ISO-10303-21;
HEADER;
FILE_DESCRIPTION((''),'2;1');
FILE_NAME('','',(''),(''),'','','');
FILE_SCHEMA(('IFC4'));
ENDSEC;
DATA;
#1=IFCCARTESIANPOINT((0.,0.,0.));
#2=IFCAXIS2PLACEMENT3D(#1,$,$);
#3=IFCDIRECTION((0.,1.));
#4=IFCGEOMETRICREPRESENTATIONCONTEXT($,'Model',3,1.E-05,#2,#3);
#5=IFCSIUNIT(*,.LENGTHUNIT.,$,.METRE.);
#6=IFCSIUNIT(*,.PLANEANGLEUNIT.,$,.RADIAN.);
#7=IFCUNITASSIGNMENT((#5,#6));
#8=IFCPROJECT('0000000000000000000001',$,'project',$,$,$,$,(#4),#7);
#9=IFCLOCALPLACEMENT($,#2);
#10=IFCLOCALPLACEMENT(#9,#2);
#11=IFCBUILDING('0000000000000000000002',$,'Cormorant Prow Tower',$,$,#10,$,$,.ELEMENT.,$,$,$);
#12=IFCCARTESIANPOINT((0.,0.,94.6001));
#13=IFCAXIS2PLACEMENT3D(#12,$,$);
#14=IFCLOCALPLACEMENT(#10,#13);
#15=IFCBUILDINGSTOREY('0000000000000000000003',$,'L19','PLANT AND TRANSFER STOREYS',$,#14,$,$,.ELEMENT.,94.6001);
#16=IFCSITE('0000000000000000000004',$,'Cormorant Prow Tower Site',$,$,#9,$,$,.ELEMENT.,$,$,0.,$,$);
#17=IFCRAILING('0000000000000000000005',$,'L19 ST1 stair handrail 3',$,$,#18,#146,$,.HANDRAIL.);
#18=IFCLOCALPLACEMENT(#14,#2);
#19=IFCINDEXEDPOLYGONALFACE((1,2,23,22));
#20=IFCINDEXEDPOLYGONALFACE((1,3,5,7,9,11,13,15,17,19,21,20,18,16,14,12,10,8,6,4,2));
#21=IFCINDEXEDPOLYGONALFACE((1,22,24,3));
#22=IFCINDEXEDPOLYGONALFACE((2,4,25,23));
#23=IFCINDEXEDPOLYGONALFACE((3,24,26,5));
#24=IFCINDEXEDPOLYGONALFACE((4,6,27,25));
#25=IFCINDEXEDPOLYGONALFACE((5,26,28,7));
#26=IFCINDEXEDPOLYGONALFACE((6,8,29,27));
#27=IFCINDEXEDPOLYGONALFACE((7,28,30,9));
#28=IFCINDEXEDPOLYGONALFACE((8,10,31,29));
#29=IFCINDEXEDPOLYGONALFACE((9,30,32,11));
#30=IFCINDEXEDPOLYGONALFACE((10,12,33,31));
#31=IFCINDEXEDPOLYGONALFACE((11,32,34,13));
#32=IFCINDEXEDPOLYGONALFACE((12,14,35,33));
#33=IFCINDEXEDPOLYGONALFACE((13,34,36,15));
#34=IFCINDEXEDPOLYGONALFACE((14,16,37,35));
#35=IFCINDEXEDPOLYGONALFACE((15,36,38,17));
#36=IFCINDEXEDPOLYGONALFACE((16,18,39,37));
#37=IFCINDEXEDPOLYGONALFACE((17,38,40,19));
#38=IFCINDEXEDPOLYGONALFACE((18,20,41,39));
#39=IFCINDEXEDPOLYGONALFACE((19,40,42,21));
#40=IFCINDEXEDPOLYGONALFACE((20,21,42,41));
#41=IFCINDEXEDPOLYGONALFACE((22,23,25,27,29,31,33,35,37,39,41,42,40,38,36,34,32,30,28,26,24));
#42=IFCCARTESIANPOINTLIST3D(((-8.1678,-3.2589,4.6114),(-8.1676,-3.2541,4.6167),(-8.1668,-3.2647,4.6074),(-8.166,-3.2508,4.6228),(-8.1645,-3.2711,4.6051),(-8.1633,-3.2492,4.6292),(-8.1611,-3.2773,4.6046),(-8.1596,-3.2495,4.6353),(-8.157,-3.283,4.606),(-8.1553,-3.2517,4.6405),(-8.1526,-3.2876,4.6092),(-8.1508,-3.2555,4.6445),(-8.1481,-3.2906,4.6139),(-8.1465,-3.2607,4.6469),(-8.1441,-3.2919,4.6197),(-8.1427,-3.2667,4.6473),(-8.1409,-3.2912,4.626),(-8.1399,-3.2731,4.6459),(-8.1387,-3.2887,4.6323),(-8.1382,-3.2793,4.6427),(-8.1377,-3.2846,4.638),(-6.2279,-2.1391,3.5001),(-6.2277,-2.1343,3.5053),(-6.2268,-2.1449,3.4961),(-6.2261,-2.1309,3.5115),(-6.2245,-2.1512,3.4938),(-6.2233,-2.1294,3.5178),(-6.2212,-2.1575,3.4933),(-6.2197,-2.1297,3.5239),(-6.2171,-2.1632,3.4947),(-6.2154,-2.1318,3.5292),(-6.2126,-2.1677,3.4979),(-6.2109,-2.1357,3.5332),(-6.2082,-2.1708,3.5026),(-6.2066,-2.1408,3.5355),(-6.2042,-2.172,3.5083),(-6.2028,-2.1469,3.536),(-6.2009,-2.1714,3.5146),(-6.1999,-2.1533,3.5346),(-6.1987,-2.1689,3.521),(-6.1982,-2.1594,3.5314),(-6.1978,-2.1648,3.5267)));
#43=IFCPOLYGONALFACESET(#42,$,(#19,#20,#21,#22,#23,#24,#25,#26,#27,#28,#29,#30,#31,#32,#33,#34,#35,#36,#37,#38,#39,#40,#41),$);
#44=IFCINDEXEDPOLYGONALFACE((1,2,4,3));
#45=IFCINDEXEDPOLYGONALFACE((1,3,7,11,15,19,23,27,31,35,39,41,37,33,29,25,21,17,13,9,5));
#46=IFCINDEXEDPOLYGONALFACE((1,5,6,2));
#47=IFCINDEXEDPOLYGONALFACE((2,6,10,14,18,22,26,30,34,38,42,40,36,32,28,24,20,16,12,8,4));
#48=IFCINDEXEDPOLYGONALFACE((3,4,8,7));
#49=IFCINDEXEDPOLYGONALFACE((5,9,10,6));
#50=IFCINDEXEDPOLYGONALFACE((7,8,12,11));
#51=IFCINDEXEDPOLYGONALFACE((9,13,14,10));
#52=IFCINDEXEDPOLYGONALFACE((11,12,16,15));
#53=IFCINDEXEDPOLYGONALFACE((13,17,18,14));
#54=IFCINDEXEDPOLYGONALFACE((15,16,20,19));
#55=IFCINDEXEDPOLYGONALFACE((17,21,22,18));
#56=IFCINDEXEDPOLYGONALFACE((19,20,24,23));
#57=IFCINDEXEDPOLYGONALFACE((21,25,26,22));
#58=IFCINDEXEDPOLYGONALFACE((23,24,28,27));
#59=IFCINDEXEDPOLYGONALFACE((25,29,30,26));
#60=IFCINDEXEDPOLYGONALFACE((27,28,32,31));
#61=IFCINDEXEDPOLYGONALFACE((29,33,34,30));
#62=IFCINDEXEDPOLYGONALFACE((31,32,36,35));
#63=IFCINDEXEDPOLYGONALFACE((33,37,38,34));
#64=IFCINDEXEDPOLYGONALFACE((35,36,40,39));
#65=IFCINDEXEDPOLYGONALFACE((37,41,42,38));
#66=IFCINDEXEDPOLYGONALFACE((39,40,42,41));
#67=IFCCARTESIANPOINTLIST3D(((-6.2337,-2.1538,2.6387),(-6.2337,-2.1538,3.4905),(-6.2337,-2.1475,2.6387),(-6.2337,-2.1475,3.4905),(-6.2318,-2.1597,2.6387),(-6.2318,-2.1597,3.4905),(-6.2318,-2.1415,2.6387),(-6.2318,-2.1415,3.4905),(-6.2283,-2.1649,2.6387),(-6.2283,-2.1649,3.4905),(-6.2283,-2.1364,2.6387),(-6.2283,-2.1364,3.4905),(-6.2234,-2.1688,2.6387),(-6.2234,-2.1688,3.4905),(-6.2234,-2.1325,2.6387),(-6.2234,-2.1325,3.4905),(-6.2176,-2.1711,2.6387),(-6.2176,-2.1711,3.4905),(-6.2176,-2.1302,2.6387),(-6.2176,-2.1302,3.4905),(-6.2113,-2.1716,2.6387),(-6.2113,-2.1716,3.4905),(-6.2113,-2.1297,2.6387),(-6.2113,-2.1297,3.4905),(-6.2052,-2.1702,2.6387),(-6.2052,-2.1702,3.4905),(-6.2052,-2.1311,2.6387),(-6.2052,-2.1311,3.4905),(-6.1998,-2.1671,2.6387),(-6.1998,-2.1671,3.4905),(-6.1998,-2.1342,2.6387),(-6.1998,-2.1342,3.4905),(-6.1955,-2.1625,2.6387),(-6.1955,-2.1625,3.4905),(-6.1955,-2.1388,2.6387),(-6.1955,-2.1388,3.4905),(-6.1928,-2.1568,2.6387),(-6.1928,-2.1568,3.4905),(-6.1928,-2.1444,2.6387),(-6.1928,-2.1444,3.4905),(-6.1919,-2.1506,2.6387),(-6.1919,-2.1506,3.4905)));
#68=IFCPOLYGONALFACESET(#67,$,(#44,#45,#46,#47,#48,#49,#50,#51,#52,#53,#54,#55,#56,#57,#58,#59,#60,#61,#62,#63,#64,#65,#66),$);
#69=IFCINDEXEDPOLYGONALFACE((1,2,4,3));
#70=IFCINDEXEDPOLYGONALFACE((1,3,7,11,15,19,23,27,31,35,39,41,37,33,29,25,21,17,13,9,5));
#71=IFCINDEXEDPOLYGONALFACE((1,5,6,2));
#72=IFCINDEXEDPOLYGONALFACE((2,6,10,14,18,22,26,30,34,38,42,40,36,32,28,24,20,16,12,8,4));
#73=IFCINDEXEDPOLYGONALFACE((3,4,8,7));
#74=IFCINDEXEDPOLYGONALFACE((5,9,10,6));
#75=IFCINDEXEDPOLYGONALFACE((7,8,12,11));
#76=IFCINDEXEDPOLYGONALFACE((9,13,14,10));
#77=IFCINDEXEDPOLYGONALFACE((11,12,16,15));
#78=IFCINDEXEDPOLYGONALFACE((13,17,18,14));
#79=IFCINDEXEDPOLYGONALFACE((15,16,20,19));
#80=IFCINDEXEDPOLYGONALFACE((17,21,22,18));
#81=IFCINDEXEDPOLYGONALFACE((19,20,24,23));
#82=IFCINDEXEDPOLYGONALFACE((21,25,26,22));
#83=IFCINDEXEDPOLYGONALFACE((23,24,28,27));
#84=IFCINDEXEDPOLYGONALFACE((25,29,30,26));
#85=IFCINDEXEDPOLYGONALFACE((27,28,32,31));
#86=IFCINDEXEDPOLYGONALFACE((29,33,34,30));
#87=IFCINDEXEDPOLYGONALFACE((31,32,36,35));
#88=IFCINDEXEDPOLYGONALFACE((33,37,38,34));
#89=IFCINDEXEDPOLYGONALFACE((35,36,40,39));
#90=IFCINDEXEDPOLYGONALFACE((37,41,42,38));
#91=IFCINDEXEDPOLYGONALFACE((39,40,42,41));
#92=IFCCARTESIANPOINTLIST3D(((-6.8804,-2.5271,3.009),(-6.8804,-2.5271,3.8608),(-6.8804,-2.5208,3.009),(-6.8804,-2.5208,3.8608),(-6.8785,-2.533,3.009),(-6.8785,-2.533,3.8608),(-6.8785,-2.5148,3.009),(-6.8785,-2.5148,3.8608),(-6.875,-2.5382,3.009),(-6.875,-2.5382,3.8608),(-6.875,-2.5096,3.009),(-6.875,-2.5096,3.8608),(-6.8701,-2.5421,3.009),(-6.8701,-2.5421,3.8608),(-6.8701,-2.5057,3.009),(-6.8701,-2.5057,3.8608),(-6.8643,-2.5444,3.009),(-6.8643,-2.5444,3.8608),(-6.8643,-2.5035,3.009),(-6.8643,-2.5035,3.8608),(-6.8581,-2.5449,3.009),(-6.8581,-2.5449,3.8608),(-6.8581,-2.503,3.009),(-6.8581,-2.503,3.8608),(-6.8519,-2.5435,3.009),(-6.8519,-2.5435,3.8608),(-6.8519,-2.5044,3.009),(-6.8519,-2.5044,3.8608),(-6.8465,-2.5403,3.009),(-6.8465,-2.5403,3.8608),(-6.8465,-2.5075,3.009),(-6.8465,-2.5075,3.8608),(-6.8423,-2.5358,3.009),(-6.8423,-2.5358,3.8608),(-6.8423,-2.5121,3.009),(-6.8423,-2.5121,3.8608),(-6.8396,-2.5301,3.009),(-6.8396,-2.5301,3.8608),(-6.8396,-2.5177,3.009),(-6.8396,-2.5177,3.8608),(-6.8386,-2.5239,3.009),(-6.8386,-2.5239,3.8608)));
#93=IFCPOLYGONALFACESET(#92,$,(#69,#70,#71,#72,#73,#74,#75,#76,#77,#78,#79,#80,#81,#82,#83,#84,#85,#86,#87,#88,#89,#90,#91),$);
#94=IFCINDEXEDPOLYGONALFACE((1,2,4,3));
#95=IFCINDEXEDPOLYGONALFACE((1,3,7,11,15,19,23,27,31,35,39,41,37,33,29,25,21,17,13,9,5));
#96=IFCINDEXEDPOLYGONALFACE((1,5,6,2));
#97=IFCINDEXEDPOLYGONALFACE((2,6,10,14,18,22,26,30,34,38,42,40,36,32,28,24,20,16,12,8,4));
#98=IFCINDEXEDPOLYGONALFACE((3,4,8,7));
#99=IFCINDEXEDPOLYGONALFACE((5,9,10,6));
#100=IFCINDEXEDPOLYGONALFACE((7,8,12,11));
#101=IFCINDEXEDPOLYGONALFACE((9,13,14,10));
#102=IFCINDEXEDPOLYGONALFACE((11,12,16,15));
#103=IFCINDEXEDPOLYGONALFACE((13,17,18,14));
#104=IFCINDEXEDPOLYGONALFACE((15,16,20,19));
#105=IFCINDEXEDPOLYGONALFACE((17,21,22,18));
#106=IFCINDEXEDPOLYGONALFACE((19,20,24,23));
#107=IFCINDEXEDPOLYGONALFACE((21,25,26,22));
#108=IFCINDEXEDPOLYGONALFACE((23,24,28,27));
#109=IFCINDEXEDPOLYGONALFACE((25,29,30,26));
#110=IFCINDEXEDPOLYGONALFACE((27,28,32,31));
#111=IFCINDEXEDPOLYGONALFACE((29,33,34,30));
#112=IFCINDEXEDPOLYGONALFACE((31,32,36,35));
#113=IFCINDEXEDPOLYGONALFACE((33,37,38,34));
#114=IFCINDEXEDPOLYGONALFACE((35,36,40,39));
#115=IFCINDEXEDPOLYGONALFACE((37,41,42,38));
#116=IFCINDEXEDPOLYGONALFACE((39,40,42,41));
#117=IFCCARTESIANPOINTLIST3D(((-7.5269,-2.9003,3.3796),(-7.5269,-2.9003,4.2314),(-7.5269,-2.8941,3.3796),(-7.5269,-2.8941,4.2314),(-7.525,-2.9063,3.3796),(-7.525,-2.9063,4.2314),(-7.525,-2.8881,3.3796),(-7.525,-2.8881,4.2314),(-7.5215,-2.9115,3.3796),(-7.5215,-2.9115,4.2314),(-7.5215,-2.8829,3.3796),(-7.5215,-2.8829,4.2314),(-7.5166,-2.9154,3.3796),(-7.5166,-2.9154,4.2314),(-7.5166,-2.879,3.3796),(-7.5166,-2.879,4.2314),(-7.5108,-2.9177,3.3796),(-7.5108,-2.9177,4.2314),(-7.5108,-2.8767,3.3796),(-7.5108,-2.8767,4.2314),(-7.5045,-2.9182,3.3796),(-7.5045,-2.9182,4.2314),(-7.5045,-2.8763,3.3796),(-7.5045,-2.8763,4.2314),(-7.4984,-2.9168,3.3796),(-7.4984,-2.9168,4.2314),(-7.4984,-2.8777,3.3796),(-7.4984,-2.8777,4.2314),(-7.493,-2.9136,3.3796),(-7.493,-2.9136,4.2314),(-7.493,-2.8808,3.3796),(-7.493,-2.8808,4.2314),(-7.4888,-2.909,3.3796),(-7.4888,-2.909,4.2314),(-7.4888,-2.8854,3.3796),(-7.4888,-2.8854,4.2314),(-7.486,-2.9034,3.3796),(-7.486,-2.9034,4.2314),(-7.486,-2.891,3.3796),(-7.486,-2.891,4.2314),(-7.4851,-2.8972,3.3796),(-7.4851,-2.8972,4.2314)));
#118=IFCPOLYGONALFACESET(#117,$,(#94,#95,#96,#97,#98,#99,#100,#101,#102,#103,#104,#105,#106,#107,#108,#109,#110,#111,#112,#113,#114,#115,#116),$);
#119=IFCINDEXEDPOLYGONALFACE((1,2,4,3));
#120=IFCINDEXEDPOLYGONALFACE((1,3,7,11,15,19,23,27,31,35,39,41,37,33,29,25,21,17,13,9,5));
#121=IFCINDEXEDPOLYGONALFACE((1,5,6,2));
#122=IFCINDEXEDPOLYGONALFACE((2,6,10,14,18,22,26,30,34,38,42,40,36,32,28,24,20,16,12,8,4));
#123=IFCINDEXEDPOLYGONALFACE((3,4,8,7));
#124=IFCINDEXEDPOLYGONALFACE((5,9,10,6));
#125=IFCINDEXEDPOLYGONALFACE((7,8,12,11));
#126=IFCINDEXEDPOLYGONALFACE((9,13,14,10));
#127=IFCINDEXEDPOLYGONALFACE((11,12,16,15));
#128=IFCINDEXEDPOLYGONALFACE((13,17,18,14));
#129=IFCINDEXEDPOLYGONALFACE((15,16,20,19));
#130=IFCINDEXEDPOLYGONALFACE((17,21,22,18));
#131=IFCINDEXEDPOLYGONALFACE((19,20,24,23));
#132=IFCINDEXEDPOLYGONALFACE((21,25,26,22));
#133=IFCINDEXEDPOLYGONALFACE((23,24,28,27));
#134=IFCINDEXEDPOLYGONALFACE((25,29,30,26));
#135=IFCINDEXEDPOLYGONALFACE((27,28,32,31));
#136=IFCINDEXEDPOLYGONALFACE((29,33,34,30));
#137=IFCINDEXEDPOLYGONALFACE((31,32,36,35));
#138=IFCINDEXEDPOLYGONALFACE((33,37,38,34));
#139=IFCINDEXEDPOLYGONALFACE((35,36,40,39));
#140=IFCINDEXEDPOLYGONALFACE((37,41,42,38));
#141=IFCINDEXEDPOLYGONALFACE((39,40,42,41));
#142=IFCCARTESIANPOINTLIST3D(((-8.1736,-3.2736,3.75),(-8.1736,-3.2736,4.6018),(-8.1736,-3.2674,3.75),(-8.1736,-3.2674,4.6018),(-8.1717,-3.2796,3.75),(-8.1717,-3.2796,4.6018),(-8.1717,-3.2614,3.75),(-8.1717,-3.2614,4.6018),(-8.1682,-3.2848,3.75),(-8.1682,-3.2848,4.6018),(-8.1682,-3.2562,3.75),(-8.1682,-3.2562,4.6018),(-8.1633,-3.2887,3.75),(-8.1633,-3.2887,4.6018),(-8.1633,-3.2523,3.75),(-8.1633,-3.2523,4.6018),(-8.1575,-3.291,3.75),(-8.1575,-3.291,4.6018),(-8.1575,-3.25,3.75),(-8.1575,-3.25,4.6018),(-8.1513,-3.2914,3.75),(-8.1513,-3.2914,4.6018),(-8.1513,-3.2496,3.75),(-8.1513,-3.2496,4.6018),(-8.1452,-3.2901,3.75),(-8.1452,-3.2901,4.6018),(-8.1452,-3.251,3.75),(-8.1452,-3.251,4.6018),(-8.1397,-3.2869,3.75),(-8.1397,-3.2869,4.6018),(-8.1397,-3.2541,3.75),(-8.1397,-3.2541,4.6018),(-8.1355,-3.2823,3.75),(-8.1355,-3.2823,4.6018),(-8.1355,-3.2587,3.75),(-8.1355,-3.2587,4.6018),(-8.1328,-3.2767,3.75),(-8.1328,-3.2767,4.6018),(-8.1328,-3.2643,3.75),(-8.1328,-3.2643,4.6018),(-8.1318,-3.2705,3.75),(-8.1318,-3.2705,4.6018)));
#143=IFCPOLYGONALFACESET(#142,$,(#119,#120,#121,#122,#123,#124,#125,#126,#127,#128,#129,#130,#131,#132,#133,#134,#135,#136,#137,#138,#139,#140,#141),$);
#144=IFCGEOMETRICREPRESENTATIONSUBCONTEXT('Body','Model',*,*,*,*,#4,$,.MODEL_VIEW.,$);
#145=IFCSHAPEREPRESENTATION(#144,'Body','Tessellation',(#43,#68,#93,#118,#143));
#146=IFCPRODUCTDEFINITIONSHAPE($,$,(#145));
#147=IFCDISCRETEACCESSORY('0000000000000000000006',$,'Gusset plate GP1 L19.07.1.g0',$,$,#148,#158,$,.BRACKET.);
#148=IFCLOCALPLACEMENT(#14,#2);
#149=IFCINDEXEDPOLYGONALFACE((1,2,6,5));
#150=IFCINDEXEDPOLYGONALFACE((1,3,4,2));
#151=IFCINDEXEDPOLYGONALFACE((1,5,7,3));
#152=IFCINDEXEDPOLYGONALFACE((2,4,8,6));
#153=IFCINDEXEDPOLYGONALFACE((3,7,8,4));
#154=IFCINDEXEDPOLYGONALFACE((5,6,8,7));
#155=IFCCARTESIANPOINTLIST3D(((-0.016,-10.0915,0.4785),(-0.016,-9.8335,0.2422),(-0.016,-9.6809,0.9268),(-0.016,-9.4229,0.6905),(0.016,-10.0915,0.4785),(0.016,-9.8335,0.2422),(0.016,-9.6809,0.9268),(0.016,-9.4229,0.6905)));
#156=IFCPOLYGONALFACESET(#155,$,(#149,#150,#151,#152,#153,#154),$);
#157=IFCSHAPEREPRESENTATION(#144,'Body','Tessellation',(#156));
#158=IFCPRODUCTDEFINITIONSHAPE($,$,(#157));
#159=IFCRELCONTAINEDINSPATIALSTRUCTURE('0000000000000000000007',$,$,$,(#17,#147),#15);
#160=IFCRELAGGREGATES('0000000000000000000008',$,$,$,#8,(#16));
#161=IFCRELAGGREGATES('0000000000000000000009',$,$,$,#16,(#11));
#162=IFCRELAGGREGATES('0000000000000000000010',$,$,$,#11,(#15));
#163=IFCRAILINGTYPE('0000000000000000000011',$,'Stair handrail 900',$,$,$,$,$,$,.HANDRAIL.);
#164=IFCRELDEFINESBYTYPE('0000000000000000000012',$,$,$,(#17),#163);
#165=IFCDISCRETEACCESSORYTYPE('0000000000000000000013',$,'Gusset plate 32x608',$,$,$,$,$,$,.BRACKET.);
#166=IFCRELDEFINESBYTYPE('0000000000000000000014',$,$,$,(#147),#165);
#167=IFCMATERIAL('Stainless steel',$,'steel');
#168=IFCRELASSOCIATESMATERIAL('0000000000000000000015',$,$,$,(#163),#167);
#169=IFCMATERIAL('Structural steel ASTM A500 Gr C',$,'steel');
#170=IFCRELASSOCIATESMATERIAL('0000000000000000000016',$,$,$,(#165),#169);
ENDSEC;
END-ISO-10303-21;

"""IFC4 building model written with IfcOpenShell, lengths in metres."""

from ifc_helpers import new_model, si_unit, direction, frame, origin, origin_2d, place, context, subcontext, project, spatial, rectangle, circle, extrude, material, material_profile, profile_set, type_object, element, save


model = new_model("IFC4")

# Units and contexts
model_context = context("Model", 3, precision=1e-05, world=origin(), true_north=direction((0.0, 1.0)))
body_context = subcontext(model_context, "Body", "Model", "MODEL_VIEW")
ifc_project = project(units=[si_unit("LENGTHUNIT", "METRE"), si_unit("PLANEANGLEUNIT", "RADIAN")], contexts=[model_context])

# Site, building, storey
site_placement = place(None, origin())
site = spatial("IfcSite", under=ifc_project, at=site_placement, Name="Cormorant Prow Tower Site", CompositionType="ELEMENT", RefElevation=0.0)
building_placement = place(site_placement, origin())
building = spatial("IfcBuilding", under=site, at=building_placement, Name="Cormorant Prow Tower", CompositionType="ELEMENT")
storey_placement = place(building_placement, frame((0.0, 0.0, 94.6001)))
storey = spatial("IfcBuildingStorey", under=building, at=storey_placement, Name="L19", Description="PLANT AND TRANSFER STOREYS", CompositionType="ELEMENT", Elevation=94.6001)

# Railing
ifc_material_1 = material(Name="Stainless steel", Category="steel")
railing_type_1 = type_object("IfcRailingType", Name="Stair handrail 900", PredefinedType="HANDRAIL", material=ifc_material_1)
for number, where, name in (
    (1, (-6.2129, -2.1506, 2.6387), "L19 ST1 stair handrail 3"),
):
    element("IfcRailing", number, at=place(storey_placement, frame(where)), inside=storey, type_object=railing_type_1, Name=name, PredefinedType="HANDRAIL", context=body_context, shape_type="SweptSolid", body=[
        extrude(circle(Radius=0.0239, at=origin_2d()), frame((0.0, 0.0, 0.876), z_axis=(-0.775819, -0.447858, 0.444441), x_axis=(0.499949, -0.866055, 0.0)), (0.0, 0.0, 1.0), 2.5005),
        extrude(circle(Radius=0.021, at=origin_2d()), origin(), (0.0, 0.0, 1.0), 0.8518),
        extrude(circle(Radius=0.021, at=origin_2d()), frame((-0.6467, -0.3733, 0.3704)), (0.0, 0.0, 1.0), 0.8518),
        extrude(circle(Radius=0.021, at=origin_2d()), frame((-1.2932, -0.7466, 0.741)), (0.0, 0.0, 1.0), 0.8518),
        extrude(circle(Radius=0.021, at=origin_2d()), frame((-1.9399, -1.1199, 1.1113)), (0.0, 0.0, 1.0), 0.8518),
    ])

# Discrete accessory
ifc_material_2 = material(Name="Structural steel ASTM A500 Gr C", Category="steel")
ifc_material_profile_1 = material_profile(ifc_material_2, rectangle(XDim=0.032, YDim=0.6079, at=origin_2d()), Name="Gusset plate 32x608")
ifc_profile_set_1 = profile_set([ifc_material_profile_1], Name="Structural steel ASTM A500 Gr C")
discrete_accessory_type = type_object("IfcDiscreteAccessoryType", Name="Gusset plate 32x608", PredefinedType="BRACKET", material=ifc_profile_set_1)
discrete_accessory_placement = place(storey_placement, frame((0.0, -9.8862, 0.7026), z_axis=(0.0, 0.737473, -0.675377), x_axis=(-1.0, 0.0, 0.0)))
element("IfcDiscreteAccessory", 2, at=discrete_accessory_placement, inside=storey, type_object=discrete_accessory_type, Name="Gusset plate GP1 L19.07.1.g0", PredefinedType="BRACKET", context=body_context, shape_type="SweptSolid", body=[
    extrude(rectangle(XDim=0.032, YDim=0.6079, at=origin_2d()), origin(), (0.0, 0.0, 1.0), 0.3499),
])

save(model, "model.ifc")
